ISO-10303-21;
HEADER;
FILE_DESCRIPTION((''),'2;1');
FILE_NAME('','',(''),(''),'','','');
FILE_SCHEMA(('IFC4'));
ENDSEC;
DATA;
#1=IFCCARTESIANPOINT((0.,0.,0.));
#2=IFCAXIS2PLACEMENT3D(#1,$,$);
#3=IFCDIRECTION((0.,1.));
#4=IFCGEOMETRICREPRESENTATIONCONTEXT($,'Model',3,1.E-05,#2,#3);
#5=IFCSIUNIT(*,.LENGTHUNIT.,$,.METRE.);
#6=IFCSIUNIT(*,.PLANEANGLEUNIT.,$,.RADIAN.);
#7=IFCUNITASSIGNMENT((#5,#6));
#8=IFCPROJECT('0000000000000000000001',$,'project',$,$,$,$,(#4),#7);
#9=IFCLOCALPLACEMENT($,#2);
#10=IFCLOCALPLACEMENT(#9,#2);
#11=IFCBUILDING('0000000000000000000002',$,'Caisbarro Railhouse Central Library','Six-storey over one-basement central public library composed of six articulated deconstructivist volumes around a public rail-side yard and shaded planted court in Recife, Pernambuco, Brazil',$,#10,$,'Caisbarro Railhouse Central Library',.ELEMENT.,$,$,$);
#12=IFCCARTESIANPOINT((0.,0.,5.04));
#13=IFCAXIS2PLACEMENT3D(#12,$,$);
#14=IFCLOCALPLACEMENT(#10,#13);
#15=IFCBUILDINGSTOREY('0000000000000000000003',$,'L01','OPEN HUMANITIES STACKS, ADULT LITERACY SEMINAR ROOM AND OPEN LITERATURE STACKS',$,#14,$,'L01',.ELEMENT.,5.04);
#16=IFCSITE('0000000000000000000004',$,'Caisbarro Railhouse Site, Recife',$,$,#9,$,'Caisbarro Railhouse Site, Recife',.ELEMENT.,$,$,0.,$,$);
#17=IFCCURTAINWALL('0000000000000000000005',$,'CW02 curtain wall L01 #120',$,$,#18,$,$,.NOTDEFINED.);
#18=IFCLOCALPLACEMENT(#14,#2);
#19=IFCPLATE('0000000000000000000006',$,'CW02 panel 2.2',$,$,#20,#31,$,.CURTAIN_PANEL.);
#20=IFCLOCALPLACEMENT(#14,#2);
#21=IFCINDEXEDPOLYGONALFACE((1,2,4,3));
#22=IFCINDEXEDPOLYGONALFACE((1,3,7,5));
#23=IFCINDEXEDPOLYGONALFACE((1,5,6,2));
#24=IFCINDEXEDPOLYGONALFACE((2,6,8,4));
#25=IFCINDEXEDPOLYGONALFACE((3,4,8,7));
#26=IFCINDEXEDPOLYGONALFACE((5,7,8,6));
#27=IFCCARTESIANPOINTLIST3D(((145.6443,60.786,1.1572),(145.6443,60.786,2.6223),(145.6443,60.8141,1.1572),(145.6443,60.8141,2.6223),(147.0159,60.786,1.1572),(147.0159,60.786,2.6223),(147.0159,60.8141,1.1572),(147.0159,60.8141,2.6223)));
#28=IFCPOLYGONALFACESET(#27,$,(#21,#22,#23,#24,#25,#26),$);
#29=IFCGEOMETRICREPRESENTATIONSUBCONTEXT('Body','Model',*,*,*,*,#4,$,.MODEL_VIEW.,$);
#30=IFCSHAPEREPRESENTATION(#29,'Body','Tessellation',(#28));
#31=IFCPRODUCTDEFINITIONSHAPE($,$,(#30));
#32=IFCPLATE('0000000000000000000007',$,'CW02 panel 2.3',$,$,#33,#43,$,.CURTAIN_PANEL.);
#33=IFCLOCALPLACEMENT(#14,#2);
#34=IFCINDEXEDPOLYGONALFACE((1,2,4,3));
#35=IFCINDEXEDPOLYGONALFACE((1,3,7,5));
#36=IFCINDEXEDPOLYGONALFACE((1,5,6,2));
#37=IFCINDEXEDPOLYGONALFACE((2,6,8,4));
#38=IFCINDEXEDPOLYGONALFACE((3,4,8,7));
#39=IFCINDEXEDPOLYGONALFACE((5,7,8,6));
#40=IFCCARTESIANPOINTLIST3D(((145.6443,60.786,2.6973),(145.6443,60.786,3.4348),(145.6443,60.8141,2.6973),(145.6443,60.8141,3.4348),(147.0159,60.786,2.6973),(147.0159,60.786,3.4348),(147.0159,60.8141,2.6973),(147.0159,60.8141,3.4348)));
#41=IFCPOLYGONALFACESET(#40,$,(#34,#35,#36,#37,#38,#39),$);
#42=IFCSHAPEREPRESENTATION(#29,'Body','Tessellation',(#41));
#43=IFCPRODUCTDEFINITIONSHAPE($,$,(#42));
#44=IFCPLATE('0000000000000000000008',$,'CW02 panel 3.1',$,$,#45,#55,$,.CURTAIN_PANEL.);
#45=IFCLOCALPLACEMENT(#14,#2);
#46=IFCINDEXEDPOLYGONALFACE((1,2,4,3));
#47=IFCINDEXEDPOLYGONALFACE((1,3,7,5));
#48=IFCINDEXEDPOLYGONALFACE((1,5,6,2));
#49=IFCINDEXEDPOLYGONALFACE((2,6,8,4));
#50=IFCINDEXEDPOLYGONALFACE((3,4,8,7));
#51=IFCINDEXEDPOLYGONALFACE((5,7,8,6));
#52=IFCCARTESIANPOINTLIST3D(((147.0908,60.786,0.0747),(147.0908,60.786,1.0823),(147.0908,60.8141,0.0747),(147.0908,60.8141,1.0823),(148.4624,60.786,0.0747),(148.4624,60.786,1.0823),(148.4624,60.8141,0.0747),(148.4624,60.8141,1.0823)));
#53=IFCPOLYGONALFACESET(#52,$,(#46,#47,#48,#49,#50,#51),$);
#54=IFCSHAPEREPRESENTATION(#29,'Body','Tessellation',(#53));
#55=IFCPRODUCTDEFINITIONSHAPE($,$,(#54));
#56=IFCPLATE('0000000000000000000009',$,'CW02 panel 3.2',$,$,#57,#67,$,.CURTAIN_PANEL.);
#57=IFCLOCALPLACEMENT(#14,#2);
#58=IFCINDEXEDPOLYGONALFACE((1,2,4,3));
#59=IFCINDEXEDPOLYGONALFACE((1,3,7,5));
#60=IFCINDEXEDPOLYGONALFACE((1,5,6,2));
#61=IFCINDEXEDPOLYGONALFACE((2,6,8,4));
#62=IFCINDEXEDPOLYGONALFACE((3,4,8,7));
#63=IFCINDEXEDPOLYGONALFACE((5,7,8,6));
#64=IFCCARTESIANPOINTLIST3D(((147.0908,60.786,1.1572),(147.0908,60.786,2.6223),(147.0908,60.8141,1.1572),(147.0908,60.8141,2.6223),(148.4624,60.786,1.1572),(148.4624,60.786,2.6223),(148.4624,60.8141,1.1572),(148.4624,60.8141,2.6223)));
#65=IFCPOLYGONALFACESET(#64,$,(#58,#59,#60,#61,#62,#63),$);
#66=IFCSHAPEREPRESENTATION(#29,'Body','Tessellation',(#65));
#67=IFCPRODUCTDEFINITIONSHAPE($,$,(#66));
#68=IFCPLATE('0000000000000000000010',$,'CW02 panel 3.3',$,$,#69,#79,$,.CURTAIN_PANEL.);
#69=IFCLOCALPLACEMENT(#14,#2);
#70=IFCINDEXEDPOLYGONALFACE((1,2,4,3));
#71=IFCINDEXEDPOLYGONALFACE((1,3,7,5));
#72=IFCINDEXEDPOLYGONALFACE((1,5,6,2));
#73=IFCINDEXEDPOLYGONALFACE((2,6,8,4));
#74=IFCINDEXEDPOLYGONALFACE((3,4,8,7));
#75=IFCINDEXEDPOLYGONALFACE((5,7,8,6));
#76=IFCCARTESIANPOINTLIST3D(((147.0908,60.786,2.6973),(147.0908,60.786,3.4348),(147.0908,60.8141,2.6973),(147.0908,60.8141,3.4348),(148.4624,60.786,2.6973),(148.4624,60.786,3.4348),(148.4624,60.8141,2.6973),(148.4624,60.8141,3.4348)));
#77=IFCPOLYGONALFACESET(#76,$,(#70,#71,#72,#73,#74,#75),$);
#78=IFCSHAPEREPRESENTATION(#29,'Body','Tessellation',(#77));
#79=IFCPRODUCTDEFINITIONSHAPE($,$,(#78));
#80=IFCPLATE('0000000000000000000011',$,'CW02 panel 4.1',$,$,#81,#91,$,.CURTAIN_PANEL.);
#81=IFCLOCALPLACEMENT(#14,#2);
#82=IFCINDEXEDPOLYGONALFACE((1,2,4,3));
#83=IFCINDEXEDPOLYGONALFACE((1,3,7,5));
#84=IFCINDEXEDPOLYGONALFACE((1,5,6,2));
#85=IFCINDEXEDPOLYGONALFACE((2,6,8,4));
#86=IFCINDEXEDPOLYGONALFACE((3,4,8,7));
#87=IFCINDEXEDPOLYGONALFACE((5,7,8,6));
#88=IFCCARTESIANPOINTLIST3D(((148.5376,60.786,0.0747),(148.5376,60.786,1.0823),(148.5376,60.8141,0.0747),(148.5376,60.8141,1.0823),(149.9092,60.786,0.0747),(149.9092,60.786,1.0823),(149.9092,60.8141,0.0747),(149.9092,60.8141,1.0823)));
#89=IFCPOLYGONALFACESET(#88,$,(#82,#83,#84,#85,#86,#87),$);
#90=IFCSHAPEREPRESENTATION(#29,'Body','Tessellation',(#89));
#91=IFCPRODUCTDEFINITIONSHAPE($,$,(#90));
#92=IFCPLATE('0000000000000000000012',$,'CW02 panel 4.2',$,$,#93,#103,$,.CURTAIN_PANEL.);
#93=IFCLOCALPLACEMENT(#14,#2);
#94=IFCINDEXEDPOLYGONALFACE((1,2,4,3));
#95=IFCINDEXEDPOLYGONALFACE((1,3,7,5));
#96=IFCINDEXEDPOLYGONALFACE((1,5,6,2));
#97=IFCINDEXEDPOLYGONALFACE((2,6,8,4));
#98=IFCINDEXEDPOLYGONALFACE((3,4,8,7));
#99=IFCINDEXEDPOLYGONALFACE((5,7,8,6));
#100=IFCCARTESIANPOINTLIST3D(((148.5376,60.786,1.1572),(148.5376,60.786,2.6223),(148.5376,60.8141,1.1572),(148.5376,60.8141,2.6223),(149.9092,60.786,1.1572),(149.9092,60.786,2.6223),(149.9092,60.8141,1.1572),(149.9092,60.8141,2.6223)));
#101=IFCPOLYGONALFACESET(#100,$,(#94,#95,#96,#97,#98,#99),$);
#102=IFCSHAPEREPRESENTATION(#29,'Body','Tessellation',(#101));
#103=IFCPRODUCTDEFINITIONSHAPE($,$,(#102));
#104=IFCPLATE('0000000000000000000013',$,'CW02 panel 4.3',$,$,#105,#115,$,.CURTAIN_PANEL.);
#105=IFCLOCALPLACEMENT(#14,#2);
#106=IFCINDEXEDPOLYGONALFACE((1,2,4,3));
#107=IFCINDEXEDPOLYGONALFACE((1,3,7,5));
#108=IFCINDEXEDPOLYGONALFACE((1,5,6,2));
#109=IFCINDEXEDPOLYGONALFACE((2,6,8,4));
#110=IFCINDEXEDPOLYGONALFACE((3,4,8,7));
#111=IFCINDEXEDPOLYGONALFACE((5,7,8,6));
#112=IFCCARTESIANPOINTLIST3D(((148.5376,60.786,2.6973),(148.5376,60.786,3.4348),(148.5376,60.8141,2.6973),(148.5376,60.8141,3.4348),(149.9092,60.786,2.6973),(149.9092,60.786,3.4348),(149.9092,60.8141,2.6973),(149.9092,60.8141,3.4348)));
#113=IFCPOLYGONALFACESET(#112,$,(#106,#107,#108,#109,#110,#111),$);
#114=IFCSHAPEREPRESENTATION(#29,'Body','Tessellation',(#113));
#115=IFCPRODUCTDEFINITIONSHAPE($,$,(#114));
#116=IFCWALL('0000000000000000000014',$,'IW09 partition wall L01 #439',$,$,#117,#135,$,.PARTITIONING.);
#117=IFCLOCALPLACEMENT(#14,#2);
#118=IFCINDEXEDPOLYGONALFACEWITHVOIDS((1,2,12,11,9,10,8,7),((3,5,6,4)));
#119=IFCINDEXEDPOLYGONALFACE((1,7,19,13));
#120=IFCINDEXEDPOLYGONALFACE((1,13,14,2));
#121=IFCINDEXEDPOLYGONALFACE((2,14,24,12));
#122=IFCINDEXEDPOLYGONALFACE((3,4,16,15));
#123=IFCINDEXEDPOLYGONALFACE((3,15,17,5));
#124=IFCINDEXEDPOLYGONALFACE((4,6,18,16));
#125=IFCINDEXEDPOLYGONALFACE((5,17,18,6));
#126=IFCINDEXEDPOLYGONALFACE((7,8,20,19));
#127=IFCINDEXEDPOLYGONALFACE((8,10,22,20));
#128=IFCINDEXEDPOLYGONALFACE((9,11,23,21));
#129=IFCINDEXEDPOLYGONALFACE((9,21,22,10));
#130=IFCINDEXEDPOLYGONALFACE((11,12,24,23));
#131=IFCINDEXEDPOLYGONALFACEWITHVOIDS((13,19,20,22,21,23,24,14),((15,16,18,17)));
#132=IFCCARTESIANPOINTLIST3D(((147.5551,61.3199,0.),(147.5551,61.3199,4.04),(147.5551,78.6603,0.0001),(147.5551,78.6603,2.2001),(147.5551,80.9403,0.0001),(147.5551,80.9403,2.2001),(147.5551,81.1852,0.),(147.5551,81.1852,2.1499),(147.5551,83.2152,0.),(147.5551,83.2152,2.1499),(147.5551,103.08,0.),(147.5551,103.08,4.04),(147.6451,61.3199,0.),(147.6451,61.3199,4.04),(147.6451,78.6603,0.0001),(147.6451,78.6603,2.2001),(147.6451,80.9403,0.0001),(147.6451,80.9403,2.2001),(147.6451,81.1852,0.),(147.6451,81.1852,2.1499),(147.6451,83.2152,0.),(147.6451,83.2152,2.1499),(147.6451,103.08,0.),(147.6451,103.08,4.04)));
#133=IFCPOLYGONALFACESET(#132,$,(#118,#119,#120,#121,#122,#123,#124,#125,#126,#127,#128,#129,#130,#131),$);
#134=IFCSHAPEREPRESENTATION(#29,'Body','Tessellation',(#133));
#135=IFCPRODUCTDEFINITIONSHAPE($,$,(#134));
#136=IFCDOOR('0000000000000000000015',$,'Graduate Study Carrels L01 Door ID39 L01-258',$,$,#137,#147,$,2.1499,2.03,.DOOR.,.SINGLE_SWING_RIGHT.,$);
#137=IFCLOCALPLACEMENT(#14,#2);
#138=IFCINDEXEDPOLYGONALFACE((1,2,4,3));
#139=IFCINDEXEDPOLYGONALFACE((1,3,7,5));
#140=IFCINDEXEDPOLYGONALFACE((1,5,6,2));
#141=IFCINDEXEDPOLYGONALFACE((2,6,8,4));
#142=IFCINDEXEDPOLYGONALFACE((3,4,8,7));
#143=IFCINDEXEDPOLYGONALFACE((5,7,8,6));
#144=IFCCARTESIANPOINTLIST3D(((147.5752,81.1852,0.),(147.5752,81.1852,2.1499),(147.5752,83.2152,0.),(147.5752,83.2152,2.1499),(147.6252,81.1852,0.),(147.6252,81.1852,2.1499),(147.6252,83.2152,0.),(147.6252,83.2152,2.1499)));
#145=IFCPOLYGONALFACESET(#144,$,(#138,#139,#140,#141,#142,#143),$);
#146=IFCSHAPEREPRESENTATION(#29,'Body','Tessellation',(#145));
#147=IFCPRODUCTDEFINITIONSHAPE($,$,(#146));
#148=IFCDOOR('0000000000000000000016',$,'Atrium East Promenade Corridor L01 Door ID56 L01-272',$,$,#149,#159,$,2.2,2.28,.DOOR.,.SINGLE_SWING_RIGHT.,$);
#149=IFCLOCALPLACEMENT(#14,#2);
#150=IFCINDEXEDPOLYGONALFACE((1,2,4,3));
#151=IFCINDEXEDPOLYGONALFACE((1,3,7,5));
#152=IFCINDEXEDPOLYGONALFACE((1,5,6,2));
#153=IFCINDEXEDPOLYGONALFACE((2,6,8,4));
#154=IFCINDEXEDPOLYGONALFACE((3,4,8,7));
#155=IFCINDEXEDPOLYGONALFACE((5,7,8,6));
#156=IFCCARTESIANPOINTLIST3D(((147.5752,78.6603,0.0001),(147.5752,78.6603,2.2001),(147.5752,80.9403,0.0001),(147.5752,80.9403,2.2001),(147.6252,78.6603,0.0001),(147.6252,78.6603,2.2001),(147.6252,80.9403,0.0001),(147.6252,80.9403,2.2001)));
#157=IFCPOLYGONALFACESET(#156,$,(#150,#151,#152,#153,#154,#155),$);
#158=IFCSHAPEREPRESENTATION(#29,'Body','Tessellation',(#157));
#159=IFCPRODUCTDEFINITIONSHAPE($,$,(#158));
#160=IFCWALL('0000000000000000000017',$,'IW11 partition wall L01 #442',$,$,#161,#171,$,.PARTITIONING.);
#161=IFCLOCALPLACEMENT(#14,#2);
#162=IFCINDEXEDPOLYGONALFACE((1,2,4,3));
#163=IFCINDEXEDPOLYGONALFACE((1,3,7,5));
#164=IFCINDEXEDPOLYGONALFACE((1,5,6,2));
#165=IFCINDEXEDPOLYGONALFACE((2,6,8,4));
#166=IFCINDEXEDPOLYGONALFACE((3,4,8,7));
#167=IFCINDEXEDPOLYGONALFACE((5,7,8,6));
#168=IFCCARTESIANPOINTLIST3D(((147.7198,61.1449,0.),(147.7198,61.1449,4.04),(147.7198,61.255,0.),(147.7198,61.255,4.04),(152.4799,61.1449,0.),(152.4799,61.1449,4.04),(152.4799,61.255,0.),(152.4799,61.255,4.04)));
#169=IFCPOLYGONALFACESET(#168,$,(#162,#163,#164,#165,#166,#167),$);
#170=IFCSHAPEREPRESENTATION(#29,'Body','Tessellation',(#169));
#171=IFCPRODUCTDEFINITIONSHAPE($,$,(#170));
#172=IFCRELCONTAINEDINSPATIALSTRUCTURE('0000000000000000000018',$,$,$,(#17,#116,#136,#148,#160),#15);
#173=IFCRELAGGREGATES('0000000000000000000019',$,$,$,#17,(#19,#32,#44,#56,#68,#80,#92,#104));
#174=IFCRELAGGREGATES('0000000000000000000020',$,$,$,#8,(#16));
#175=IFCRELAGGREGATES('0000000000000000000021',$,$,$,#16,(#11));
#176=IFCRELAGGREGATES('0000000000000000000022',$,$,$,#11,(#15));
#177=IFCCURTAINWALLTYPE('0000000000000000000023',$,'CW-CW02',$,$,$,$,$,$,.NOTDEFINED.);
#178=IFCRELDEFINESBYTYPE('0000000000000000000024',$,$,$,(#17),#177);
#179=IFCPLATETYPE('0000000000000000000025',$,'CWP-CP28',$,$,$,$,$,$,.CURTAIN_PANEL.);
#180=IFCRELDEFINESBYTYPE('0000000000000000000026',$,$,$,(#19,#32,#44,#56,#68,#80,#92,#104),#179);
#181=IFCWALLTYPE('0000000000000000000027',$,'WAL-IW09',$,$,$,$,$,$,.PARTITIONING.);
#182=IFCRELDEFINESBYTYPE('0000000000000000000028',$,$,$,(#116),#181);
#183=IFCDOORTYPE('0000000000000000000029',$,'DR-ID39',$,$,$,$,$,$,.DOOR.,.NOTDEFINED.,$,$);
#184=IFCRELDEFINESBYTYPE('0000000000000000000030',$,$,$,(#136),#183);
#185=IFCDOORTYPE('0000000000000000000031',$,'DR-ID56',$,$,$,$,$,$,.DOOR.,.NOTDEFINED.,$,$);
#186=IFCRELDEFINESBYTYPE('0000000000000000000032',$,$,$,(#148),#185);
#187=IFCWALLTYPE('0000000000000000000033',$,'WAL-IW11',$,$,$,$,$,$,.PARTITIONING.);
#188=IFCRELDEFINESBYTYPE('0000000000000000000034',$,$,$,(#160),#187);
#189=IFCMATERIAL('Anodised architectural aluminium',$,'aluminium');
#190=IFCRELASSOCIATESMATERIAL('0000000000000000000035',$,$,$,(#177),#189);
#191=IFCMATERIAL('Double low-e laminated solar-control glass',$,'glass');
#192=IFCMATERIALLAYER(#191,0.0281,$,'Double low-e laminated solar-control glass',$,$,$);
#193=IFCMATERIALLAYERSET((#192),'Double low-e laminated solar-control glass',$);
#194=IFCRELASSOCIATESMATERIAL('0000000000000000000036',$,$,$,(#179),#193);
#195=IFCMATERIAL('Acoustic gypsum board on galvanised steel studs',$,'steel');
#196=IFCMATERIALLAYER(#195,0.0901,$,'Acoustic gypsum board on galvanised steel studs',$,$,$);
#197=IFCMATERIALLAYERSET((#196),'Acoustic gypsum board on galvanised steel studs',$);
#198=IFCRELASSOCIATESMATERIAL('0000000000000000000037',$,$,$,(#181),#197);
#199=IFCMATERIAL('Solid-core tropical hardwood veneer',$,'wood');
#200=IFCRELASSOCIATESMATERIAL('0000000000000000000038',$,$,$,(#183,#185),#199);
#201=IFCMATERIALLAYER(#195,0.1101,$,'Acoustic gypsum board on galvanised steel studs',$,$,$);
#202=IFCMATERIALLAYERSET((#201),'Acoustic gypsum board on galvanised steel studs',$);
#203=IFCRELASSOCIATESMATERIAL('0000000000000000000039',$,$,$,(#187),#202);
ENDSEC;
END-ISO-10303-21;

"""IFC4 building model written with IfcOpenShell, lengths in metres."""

from ifc_helpers import new_model, si_unit, direction, frame, frame_2d, origin, origin_2d, place, context, subcontext, project, spatial, rectangle, extrude, material, layer, layer_set, type_object, element, fill, aggregate, save


model = new_model("IFC4")

# Units and contexts
model_context = context("Model", 3, precision=1e-05, world=origin(), true_north=direction((0.0, 1.0)))
body_context = subcontext(model_context, "Body", "Model", "MODEL_VIEW")
ifc_project = project(units=[si_unit("LENGTHUNIT", "METRE"), si_unit("PLANEANGLEUNIT", "RADIAN")], contexts=[model_context])

# Site, building, storey
site_placement = place(None, origin())
site = spatial("IfcSite", under=ifc_project, at=site_placement, Name="Caisbarro Railhouse Site, Recife", LongName="Caisbarro Railhouse Site, Recife", CompositionType="ELEMENT", RefElevation=0.0)
building_placement = place(site_placement, origin())
building = spatial("IfcBuilding", under=site, at=building_placement, Name="Caisbarro Railhouse Central Library", Description="Six-storey over one-basement central public library composed of six articulated deconstructivist volumes around a public rail-side yard and shaded planted court in Recife, Pernambuco, Brazil", LongName="Caisbarro Railhouse Central Library", CompositionType="ELEMENT")
storey_placement = place(building_placement, frame((0.0, 0.0, 5.04)))
storey = spatial("IfcBuildingStorey", under=building, at=storey_placement, Name="L01", Description="OPEN HUMANITIES STACKS, ADULT LITERACY SEMINAR ROOM AND OPEN LITERATURE STACKS", LongName="L01", CompositionType="ELEMENT", Elevation=5.04)

# Curtain wall, plates
ifc_material_1 = material(Name="Anodised architectural aluminium", Category="aluminium")
curtain_wall_type = type_object("IfcCurtainWallType", Name="CW-CW02", PredefinedType="NOTDEFINED", material=ifc_material_1)
curtain_wall_placement = place(storey_placement, origin())
curtain_wall = element("IfcCurtainWall", 1, at=curtain_wall_placement, inside=storey, type_object=curtain_wall_type, Name="CW02 curtain wall L01 #120", PredefinedType="NOTDEFINED")
ifc_material_2 = material(Name="Double low-e laminated solar-control glass", Category="glass")
ifc_layer_1 = layer(ifc_material_2, 0.0281, Name="Double low-e laminated solar-control glass")
ifc_layer_set_1 = layer_set([ifc_layer_1], Name="Double low-e laminated solar-control glass")
plate_type = type_object("IfcPlateType", Name="CWP-CP28", PredefinedType="CURTAIN_PANEL", material=ifc_layer_set_1)
plate_1_placement = place(storey_placement, frame((146.3301, 60.8, 1.1572), z_axis=(0.0, 0.0, 1.0), x_axis=(1.0, 0.0, 0.0)))
plate_1 = element("IfcPlate", 2, at=plate_1_placement, type_object=plate_type, Name="CW02 panel 2.2", PredefinedType="CURTAIN_PANEL", context=body_context, shape_type="SweptSolid", body=[
    extrude(rectangle(XDim=1.3716, YDim=0.0281, at=origin_2d()), origin(), (0.0, 0.0, 1.0), 1.4651),
])
plate_2_placement = place(storey_placement, frame((146.3301, 60.8, 2.6973), z_axis=(0.0, 0.0, 1.0), x_axis=(1.0, 0.0, 0.0)))
plate_2 = element("IfcPlate", 3, at=plate_2_placement, type_object=plate_type, Name="CW02 panel 2.3", PredefinedType="CURTAIN_PANEL", context=body_context, shape_type="SweptSolid", body=[
    extrude(rectangle(XDim=1.3716, YDim=0.0281, at=origin_2d()), origin(), (0.0, 0.0, 1.0), 0.7375),
])
plate_3_placement = place(storey_placement, frame((147.7766, 60.8, 0.0747), z_axis=(0.0, 0.0, 1.0), x_axis=(1.0, 0.0, 0.0)))
plate_3 = element("IfcPlate", 4, at=plate_3_placement, type_object=plate_type, Name="CW02 panel 3.1", PredefinedType="CURTAIN_PANEL", context=body_context, shape_type="SweptSolid", body=[
    extrude(rectangle(XDim=1.3716, YDim=0.0281, at=origin_2d()), origin(), (0.0, 0.0, 1.0), 1.0076),
])
plate_4_placement = place(storey_placement, frame((147.7766, 60.8, 1.1572), z_axis=(0.0, 0.0, 1.0), x_axis=(1.0, 0.0, 0.0)))
plate_4 = element("IfcPlate", 5, at=plate_4_placement, type_object=plate_type, Name="CW02 panel 3.2", PredefinedType="CURTAIN_PANEL", context=body_context, shape_type="SweptSolid", body=[
    extrude(rectangle(XDim=1.3716, YDim=0.0281, at=origin_2d()), origin(), (0.0, 0.0, 1.0), 1.4651),
])
plate_5_placement = place(storey_placement, frame((147.7766, 60.8, 2.6973), z_axis=(0.0, 0.0, 1.0), x_axis=(1.0, 0.0, 0.0)))
plate_5 = element("IfcPlate", 6, at=plate_5_placement, type_object=plate_type, Name="CW02 panel 3.3", PredefinedType="CURTAIN_PANEL", context=body_context, shape_type="SweptSolid", body=[
    extrude(rectangle(XDim=1.3716, YDim=0.0281, at=origin_2d()), origin(), (0.0, 0.0, 1.0), 0.7375),
])
plate_6_placement = place(storey_placement, frame((149.2234, 60.8, 0.0747), z_axis=(0.0, 0.0, 1.0), x_axis=(1.0, 0.0, 0.0)))
plate_6 = element("IfcPlate", 7, at=plate_6_placement, type_object=plate_type, Name="CW02 panel 4.1", PredefinedType="CURTAIN_PANEL", context=body_context, shape_type="SweptSolid", body=[
    extrude(rectangle(XDim=1.3716, YDim=0.0281, at=origin_2d()), origin(), (0.0, 0.0, 1.0), 1.0076),
])
plate_7_placement = place(storey_placement, frame((149.2234, 60.8, 1.1572), z_axis=(0.0, 0.0, 1.0), x_axis=(1.0, 0.0, 0.0)))
plate_7 = element("IfcPlate", 8, at=plate_7_placement, type_object=plate_type, Name="CW02 panel 4.2", PredefinedType="CURTAIN_PANEL", context=body_context, shape_type="SweptSolid", body=[
    extrude(rectangle(XDim=1.3716, YDim=0.0281, at=origin_2d()), origin(), (0.0, 0.0, 1.0), 1.4651),
])
plate_8_placement = place(storey_placement, frame((149.2234, 60.8, 2.6973), z_axis=(0.0, 0.0, 1.0), x_axis=(1.0, 0.0, 0.0)))
plate_8 = element("IfcPlate", 9, at=plate_8_placement, type_object=plate_type, Name="CW02 panel 4.3", PredefinedType="CURTAIN_PANEL", context=body_context, shape_type="SweptSolid", body=[
    extrude(rectangle(XDim=1.3716, YDim=0.0281, at=origin_2d()), origin(), (0.0, 0.0, 1.0), 0.7375),
])
aggregate(curtain_wall, [plate_1, plate_2, plate_3, plate_4, plate_5, plate_6, plate_7, plate_8])

# Wall, openings, doors
ifc_material_3 = material(Name="Acoustic gypsum board on galvanised steel studs", Category="steel")
ifc_layer_2 = layer(ifc_material_3, 0.0901, Name="Acoustic gypsum board on galvanised steel studs")
ifc_layer_set_2 = layer_set([ifc_layer_2], Name="Acoustic gypsum board on galvanised steel studs")
wall_type_1 = type_object("IfcWallType", Name="WAL-IW09", PredefinedType="PARTITIONING", material=ifc_layer_set_2)
wall_1_placement = place(storey_placement, frame((147.6001, 61.3201, 0.0), z_axis=(0.0, 0.0, 1.0), x_axis=(0.0, 1.0, 0.0)))
wall_1 = element("IfcWall", 10, at=wall_1_placement, inside=storey, type_object=wall_type_1, Name="IW09 partition wall L01 #439", PredefinedType="PARTITIONING", context=body_context, shape_type="SweptSolid", body=[
    extrude(rectangle(XDim=41.76, YDim=0.0901, at=frame_2d((20.8799, 0.0))), origin(), (0.0, 0.0, 1.0), 4.04),
])
opening_1_placement = place(wall_1_placement, frame((19.865, 0.0, 0.0)))
opening_1 = element("IfcOpeningElement", 11, at=opening_1_placement, cuts=wall_1, PredefinedType="OPENING", context=body_context, shape_type="SweptSolid", body=[
    extrude(rectangle(XDim=2.03, YDim=2.1499, at=frame_2d((1.0151, 1.075))), frame((0.0, 0.0552, 0.0), z_axis=(0.0, -1.0, 0.0), x_axis=(1.0, 0.0, 0.0)), (0.0, 0.0, 1.0), 0.1101),
])
opening_2_placement = place(wall_1_placement, frame((17.3401, 0.0, 0.0)))
opening_2 = element("IfcOpeningElement", 12, at=opening_2_placement, cuts=wall_1, PredefinedType="OPENING", context=body_context, shape_type="SweptSolid", body=[
    extrude(rectangle(XDim=2.28, YDim=2.2, at=frame_2d((1.1401, 1.1001))), frame((0.0, 0.0552, 0.0), z_axis=(0.0, -1.0, 0.0), x_axis=(1.0, 0.0, 0.0)), (0.0, 0.0, 1.0), 0.1101),
])
ifc_material_4 = material(Name="Solid-core tropical hardwood veneer", Category="wood")
door_type_1 = type_object("IfcDoorType", Name="DR-ID39", OperationType="NOTDEFINED", PredefinedType="DOOR", material=ifc_material_4)
door_1_placement = place(opening_1_placement, origin())
door_1 = element("IfcDoor", 13, at=door_1_placement, inside=storey, type_object=door_type_1, Name="Graduate Study Carrels L01 Door ID39 L01-258", OperationType="SINGLE_SWING_RIGHT", OverallHeight=2.1499, OverallWidth=2.03, PredefinedType="DOOR", context=body_context, shape_type="SweptSolid", body=[
    extrude(rectangle(XDim=2.03, YDim=2.1499, at=frame_2d((1.0151, 1.075))), frame((0.0, 0.0249, 0.0), z_axis=(0.0, -1.0, 0.0), x_axis=(1.0, 0.0, 0.0)), (0.0, 0.0, 1.0), 0.05),
])
fill(opening_1, door_1)
door_type_2 = type_object("IfcDoorType", Name="DR-ID56", OperationType="NOTDEFINED", PredefinedType="DOOR", material=ifc_material_4)
door_2_placement = place(opening_2_placement, origin())
door_2 = element("IfcDoor", 14, at=door_2_placement, inside=storey, type_object=door_type_2, Name="Atrium East Promenade Corridor L01 Door ID56 L01-272", OperationType="SINGLE_SWING_RIGHT", OverallHeight=2.2, OverallWidth=2.28, PredefinedType="DOOR", context=body_context, shape_type="SweptSolid", body=[
    extrude(rectangle(XDim=2.28, YDim=2.2, at=frame_2d((1.1401, 1.1001))), frame((0.0, 0.0249, 0.0), z_axis=(0.0, -1.0, 0.0), x_axis=(1.0, 0.0, 0.0)), (0.0, 0.0, 1.0), 0.05),
])
fill(opening_2, door_2)

# Wall
ifc_layer_3 = layer(ifc_material_3, 0.1101, Name="Acoustic gypsum board on galvanised steel studs")
ifc_layer_set_3 = layer_set([ifc_layer_3], Name="Acoustic gypsum board on galvanised steel studs")
wall_type_2 = type_object("IfcWallType", Name="WAL-IW11", PredefinedType="PARTITIONING", material=ifc_layer_set_3)
wall_2_placement = place(storey_placement, frame((147.72, 61.2, 0.0), z_axis=(0.0, 0.0, 1.0), x_axis=(1.0, 0.0, 0.0)))
element("IfcWall", 15, at=wall_2_placement, inside=storey, type_object=wall_type_2, Name="IW11 partition wall L01 #442", PredefinedType="PARTITIONING", context=body_context, shape_type="SweptSolid", body=[
    extrude(rectangle(XDim=4.76, YDim=0.1101, at=frame_2d((2.3799, 0.0))), origin(), (0.0, 0.0, 1.0), 4.04),
])

save(model, "model.ifc")
